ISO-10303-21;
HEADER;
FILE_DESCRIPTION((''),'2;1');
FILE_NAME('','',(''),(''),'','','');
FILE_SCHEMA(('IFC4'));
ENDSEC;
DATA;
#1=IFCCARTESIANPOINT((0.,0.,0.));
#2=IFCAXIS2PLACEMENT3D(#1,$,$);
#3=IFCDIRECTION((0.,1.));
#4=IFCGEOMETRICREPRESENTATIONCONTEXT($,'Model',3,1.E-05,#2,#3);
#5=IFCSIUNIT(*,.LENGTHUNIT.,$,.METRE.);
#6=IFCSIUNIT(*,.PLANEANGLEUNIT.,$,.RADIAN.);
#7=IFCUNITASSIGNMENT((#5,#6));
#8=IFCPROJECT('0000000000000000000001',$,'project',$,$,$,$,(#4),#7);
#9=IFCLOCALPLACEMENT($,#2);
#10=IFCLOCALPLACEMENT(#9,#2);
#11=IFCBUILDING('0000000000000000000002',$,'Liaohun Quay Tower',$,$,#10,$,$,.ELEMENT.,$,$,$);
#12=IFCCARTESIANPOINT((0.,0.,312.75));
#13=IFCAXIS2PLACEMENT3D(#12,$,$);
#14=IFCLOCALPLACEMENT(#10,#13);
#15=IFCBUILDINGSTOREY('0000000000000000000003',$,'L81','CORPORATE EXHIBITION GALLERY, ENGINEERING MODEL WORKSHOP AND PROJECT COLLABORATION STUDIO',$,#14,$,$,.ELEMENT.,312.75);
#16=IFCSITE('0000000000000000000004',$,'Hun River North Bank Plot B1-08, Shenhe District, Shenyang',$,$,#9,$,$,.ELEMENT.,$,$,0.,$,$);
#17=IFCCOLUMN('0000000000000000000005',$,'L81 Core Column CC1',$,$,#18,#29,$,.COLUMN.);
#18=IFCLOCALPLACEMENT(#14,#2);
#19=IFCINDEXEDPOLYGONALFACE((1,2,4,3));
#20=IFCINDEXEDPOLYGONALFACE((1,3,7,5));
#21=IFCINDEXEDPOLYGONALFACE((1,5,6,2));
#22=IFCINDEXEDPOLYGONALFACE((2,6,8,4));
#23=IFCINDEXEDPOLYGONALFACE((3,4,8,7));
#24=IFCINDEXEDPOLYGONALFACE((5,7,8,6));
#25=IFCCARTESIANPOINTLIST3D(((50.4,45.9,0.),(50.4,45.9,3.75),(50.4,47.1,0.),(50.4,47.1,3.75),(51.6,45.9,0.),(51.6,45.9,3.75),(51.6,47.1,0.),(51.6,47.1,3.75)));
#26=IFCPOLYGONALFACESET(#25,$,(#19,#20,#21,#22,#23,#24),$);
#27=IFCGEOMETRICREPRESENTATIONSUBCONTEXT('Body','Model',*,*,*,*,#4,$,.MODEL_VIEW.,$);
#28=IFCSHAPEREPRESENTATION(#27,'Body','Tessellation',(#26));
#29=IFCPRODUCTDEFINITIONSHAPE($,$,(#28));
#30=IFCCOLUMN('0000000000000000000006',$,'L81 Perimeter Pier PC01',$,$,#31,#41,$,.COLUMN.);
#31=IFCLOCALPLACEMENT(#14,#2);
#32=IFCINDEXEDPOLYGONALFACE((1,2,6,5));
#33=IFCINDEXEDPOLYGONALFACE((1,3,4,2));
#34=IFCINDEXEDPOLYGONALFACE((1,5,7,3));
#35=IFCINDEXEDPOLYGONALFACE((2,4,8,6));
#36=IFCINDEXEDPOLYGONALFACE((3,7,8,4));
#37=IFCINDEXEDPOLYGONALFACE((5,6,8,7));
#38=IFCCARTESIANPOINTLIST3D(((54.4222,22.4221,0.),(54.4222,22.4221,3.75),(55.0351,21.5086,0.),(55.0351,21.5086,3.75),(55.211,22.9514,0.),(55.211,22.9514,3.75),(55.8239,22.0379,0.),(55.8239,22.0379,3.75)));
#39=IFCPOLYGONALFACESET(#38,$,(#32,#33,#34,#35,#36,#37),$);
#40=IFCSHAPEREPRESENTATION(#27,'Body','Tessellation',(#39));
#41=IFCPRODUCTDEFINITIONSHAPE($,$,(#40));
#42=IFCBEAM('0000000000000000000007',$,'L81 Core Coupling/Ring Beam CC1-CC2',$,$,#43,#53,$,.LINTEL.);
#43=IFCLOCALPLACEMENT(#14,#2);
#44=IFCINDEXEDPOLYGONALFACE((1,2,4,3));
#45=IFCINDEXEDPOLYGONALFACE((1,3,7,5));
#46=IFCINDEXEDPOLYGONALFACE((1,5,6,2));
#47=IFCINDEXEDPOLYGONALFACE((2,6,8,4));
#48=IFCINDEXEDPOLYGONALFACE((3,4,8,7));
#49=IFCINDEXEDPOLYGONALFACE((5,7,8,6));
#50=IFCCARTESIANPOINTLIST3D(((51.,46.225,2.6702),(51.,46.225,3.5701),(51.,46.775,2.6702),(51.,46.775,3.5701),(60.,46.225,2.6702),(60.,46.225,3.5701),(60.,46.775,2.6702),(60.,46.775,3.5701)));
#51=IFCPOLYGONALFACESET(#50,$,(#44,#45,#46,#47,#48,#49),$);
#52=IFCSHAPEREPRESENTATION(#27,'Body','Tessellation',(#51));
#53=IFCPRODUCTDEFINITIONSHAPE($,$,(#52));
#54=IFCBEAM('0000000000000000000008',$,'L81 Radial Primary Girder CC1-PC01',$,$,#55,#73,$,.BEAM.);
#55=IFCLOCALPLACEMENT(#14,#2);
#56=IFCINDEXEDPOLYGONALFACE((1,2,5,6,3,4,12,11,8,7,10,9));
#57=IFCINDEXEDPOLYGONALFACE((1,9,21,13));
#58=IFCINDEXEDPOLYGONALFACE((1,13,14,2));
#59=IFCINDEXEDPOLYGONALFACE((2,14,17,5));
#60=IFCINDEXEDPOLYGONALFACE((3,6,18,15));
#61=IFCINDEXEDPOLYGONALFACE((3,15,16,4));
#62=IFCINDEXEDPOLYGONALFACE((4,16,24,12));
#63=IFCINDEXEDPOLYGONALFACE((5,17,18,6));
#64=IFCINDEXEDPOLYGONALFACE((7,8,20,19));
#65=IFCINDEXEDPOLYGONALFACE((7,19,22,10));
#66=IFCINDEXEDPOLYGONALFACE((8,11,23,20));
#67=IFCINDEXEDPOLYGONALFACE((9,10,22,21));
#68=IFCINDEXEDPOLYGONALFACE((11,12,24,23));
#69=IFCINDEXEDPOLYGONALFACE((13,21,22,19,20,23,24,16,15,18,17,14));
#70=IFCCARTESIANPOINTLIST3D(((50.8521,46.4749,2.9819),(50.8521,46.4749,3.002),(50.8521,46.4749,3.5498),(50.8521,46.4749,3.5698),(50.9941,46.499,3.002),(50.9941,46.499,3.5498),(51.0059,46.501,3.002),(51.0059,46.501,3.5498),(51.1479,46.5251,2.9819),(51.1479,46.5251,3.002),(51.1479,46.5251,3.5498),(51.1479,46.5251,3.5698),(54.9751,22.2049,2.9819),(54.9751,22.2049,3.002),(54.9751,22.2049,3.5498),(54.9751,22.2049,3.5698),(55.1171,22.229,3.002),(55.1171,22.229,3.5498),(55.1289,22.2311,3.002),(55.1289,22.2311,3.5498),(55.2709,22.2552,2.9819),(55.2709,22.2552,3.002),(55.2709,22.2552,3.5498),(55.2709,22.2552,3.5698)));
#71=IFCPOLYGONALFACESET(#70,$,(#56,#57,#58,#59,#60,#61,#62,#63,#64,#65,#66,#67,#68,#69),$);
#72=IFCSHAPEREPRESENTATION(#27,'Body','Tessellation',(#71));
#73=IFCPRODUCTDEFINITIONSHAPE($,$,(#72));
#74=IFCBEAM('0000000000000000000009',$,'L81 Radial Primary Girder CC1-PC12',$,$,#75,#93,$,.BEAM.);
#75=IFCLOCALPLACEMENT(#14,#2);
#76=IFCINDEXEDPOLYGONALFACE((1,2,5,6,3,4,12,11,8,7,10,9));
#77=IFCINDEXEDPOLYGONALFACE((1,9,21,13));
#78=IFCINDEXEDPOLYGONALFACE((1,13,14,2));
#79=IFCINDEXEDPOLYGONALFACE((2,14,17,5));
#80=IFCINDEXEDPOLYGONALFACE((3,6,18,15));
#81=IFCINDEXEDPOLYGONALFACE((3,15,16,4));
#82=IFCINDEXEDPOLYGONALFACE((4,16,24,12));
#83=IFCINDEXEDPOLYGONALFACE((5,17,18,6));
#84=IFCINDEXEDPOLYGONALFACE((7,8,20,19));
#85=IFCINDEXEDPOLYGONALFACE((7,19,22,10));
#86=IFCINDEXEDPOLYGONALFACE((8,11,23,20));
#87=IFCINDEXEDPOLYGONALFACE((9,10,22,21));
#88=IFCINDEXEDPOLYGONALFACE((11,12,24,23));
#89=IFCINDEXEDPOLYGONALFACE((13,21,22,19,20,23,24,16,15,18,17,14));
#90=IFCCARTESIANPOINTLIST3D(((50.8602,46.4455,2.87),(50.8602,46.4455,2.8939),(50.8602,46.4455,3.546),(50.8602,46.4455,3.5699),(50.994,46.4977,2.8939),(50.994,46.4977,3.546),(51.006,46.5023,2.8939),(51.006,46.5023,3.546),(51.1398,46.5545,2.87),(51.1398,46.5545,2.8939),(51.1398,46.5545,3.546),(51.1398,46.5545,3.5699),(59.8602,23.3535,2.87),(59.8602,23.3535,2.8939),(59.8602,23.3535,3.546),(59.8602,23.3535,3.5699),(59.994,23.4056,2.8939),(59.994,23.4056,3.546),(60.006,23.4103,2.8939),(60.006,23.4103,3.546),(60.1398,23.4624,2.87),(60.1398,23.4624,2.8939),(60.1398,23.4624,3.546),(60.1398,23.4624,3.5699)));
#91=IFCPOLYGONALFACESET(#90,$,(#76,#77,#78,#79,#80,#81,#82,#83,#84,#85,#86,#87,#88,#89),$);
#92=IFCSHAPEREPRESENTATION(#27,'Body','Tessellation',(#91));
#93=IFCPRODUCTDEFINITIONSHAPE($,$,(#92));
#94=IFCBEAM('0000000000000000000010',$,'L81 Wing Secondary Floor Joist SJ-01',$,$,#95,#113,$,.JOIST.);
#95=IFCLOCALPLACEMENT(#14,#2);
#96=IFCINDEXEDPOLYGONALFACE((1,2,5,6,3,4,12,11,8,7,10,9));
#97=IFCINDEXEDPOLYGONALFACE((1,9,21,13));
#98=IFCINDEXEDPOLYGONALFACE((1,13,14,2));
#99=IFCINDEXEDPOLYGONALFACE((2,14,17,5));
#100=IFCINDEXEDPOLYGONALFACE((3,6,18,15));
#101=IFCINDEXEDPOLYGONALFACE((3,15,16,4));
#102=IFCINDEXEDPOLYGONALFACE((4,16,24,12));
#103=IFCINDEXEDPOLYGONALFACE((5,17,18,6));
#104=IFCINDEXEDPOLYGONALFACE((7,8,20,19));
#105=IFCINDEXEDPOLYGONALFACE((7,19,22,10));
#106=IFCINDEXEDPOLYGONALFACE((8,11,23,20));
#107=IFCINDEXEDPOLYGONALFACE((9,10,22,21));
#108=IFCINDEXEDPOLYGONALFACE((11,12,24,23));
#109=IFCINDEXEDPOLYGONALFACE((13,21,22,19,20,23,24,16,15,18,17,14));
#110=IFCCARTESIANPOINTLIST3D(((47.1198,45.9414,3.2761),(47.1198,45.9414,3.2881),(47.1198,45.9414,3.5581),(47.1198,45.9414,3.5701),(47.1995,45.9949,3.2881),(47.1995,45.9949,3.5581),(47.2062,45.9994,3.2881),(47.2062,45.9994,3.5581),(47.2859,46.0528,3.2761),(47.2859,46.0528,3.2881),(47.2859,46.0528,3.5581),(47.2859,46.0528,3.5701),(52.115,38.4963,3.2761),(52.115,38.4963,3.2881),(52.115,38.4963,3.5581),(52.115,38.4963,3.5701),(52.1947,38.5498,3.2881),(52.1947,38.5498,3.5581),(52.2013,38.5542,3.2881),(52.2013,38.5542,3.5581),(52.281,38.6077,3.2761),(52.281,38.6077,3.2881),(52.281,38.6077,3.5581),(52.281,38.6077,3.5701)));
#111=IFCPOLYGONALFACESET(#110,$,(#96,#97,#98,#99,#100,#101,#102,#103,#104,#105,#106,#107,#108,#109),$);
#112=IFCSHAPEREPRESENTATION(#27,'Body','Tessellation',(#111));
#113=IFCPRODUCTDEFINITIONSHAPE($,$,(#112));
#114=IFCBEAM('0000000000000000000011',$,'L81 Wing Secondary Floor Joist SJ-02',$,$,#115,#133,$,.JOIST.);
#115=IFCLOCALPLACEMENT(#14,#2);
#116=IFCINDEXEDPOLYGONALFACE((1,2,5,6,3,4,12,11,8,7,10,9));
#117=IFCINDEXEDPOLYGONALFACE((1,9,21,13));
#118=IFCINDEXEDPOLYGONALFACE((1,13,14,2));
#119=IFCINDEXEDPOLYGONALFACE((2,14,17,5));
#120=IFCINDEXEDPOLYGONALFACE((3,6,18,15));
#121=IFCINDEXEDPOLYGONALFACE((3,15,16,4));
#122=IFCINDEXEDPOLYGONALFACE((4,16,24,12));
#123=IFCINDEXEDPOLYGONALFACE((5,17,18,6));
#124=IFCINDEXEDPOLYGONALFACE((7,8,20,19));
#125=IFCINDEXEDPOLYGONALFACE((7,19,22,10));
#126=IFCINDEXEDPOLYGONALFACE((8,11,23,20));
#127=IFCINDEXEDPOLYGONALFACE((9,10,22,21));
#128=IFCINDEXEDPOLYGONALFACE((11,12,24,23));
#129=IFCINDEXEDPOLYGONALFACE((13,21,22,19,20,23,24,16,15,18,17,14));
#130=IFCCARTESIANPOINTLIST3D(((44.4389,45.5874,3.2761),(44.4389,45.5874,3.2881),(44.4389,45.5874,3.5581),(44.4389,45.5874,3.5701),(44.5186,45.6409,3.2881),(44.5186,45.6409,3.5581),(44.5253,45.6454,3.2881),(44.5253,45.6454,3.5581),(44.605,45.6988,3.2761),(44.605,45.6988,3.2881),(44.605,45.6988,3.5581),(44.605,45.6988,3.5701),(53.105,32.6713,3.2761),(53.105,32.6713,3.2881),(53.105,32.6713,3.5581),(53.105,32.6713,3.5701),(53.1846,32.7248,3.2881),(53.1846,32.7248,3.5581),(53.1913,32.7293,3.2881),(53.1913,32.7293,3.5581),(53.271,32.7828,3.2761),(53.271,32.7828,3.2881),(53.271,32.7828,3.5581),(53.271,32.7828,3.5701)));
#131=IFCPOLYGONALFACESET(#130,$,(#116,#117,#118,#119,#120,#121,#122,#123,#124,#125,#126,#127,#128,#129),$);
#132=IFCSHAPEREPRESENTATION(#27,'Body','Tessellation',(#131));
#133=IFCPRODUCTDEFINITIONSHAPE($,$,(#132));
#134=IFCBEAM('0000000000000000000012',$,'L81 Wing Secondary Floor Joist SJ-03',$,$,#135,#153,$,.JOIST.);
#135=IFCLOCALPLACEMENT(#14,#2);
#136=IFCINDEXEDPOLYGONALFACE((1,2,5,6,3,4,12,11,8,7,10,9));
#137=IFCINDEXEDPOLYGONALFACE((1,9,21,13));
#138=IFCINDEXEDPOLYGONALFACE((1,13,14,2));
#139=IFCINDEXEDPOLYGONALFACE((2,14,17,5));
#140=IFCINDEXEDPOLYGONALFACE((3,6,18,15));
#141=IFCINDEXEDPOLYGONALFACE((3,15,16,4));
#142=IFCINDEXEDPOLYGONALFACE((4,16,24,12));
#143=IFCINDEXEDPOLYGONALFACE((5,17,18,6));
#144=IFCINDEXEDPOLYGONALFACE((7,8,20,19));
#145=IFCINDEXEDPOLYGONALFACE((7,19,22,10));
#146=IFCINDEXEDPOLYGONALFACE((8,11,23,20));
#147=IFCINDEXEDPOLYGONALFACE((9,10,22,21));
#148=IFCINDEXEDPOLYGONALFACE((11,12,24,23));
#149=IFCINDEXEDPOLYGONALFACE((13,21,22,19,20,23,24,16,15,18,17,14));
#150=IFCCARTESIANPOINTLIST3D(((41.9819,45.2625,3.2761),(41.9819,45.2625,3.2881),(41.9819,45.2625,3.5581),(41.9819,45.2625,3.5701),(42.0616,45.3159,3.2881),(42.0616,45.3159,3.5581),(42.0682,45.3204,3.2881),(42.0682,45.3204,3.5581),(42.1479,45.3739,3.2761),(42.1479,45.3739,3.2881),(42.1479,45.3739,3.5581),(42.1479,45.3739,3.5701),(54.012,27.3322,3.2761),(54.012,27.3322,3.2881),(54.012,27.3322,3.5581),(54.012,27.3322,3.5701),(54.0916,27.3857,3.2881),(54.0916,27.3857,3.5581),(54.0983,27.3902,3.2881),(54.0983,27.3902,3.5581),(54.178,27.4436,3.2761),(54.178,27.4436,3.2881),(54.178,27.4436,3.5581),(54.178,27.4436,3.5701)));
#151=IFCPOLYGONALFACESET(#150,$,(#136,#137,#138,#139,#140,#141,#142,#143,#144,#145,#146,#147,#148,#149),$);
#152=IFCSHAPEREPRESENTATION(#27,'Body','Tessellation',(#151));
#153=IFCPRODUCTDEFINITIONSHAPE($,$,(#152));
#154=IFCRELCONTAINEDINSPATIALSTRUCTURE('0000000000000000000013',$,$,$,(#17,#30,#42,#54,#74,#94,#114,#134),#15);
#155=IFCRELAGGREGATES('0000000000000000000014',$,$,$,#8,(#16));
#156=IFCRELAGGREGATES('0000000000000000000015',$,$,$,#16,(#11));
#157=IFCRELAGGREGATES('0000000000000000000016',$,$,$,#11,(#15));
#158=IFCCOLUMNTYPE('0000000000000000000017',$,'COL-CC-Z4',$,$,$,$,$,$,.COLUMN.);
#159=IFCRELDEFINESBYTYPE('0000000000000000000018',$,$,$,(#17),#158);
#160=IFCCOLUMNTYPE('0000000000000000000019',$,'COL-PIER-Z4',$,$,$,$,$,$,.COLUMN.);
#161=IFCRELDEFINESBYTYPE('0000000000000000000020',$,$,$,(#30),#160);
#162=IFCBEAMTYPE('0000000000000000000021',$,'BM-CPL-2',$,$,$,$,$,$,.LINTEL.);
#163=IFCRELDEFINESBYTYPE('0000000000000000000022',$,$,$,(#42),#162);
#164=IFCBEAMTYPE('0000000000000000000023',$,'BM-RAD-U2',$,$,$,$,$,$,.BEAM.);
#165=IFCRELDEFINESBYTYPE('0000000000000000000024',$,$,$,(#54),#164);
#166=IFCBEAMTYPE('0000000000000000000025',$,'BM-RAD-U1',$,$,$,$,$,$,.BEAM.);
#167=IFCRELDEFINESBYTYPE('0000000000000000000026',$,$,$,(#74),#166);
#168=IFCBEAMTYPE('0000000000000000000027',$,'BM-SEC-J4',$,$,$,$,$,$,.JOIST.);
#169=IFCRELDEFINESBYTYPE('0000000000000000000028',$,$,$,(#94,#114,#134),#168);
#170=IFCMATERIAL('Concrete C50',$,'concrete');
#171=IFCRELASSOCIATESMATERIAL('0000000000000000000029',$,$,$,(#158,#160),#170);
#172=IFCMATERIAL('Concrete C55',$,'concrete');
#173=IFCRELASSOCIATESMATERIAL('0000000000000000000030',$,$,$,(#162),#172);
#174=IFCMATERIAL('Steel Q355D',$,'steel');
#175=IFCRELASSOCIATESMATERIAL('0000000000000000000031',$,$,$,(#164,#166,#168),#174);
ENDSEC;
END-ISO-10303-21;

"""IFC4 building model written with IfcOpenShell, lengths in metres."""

from ifc_helpers import new_model, si_unit, direction, frame, origin, origin_2d, place, context, subcontext, project, spatial, rectangle, i_section, extrude, source, transform, mapped, material, material_profile, profile_set, type_object, element, save


model = new_model("IFC4")

# Units and contexts
model_context = context("Model", 3, precision=1e-05, world=origin(), true_north=direction((0.0, 1.0)))
body_context = subcontext(model_context, "Body", "Model", "MODEL_VIEW")
ifc_project = project(units=[si_unit("LENGTHUNIT", "METRE"), si_unit("PLANEANGLEUNIT", "RADIAN")], contexts=[model_context])

# Site, building, storey
site_placement = place(None, origin())
site = spatial("IfcSite", under=ifc_project, at=site_placement, Name="Hun River North Bank Plot B1-08, Shenhe District, Shenyang", CompositionType="ELEMENT", RefElevation=0.0)
building_placement = place(site_placement, origin())
building = spatial("IfcBuilding", under=site, at=building_placement, Name="Liaohun Quay Tower", CompositionType="ELEMENT")
storey_placement = place(building_placement, frame((0.0, 0.0, 312.75)))
storey = spatial("IfcBuildingStorey", under=building, at=storey_placement, Name="L81", Description="CORPORATE EXHIBITION GALLERY, ENGINEERING MODEL WORKSHOP AND PROJECT COLLABORATION STUDIO", CompositionType="ELEMENT", Elevation=312.75)

# Columns
ifc_material_1 = material(Name="Concrete C50", Category="concrete")
ifc_material_profile_1 = material_profile(ifc_material_1, rectangle(XDim=1.2, YDim=1.2, at=origin_2d()), Name="RC1200x1200")
ifc_profile_set_1 = profile_set([ifc_material_profile_1], Name="Concrete C50")
column_type_1 = type_object("IfcColumnType", Name="COL-CC-Z4", PredefinedType="COLUMN", material=ifc_profile_set_1)
shared_shape_1 = source(origin(), body_context, "Body", "SweptSolid", [
    extrude(rectangle(XDim=1.2, YDim=1.2, at=origin_2d()), origin(), (0.0, 0.0, 1.0), 3.75),
])
column_1_placement = place(storey_placement, frame((51.0, 46.5, 0.0), z_axis=(0.0, 0.0, 1.0), x_axis=(1.0, 0.0, 0.0)))
element("IfcColumn", 1, at=column_1_placement, inside=storey, type_object=column_type_1, Name="L81 Core Column CC1", PredefinedType="COLUMN", context=body_context, shape_type="MappedRepresentation", body=[
    mapped(shared_shape_1, transform((0.0, 0.0, 0.0), x_axis=(1.0, 0.0, 0.0), y_axis=(0.0, 1.0, 0.0), z_axis=(0.0, 0.0, 1.0), scale=1.0)),
])
ifc_material_profile_2 = material_profile(ifc_material_1, rectangle(XDim=1.1001, YDim=0.95, at=origin_2d()), Name="RC1100x950")
ifc_profile_set_2 = profile_set([ifc_material_profile_2], Name="Concrete C50")
column_type_2 = type_object("IfcColumnType", Name="COL-PIER-Z4", PredefinedType="COLUMN", material=ifc_profile_set_2)
shared_shape_2 = source(origin(), body_context, "Body", "SweptSolid", [
    extrude(rectangle(XDim=1.1001, YDim=0.95, at=origin_2d()), origin(), (0.0, 0.0, 1.0), 3.75),
])
column_2_placement = place(storey_placement, frame((55.123, 22.23, 0.0), z_axis=(0.0, 0.0, 1.0), x_axis=(-0.557166, 0.830401, 0.0)))
element("IfcColumn", 2, at=column_2_placement, inside=storey, type_object=column_type_2, Name="L81 Perimeter Pier PC01", PredefinedType="COLUMN", context=body_context, shape_type="MappedRepresentation", body=[
    mapped(shared_shape_2, transform((0.0, 0.0, 0.0), x_axis=(1.0, 0.0, 0.0), y_axis=(0.0, 1.0, 0.0), z_axis=(0.0, 0.0, 1.0), scale=1.0)),
])

# Beams
ifc_material_2 = material(Name="Concrete C55", Category="concrete")
ifc_material_profile_3 = material_profile(ifc_material_2, rectangle(XDim=0.55, YDim=0.8999, at=origin_2d()), Name="RC550x900")
ifc_profile_set_3 = profile_set([ifc_material_profile_3], Name="Concrete C55")
beam_type_1 = type_object("IfcBeamType", Name="BM-CPL-2", PredefinedType="LINTEL", material=ifc_profile_set_3)
shared_shape_3 = source(origin(), body_context, "Body", "SweptSolid", [
    extrude(rectangle(XDim=0.55, YDim=0.8999, at=origin_2d()), origin(), (0.0, 0.0, 1.0), 9.0),
])
beam_1_placement = place(storey_placement, frame((51.0, 46.5, 3.1201), z_axis=(1.0, 0.0, 0.0), x_axis=(0.0, 1.0, 0.0)))
element("IfcBeam", 3, at=beam_1_placement, inside=storey, type_object=beam_type_1, Name="L81 Core Coupling/Ring Beam CC1-CC2", PredefinedType="LINTEL", context=body_context, shape_type="MappedRepresentation", body=[
    mapped(shared_shape_3, transform((0.0, 0.0, 0.0), x_axis=(1.0, 0.0, 0.0), y_axis=(0.0, 1.0, 0.0), z_axis=(0.0, 0.0, 1.0), scale=1.0)),
])
ifc_material_3 = material(Name="Steel Q355D", Category="steel")
ifc_material_profile_4 = material_profile(ifc_material_3, i_section(OverallWidth=0.3, OverallDepth=0.5879, WebThickness=0.012, FlangeThickness=0.02, at=origin_2d()), Name="HM588x300x12x20")
ifc_profile_set_4 = profile_set([ifc_material_profile_4], Name="Steel Q355D")
beam_type_2 = type_object("IfcBeamType", Name="BM-RAD-U2", PredefinedType="BEAM", material=ifc_profile_set_4)
shared_shape_4 = source(origin(), body_context, "Body", "SweptSolid", [
    extrude(i_section(OverallWidth=0.3, OverallDepth=0.5879, WebThickness=0.012, FlangeThickness=0.02, at=origin_2d()), origin(), (0.0, 0.0, 1.0), 24.6177),
])
beam_2_placement = place(storey_placement, frame((51.0, 46.5, 3.2759), z_axis=(0.167483, -0.985875, 0.0), x_axis=(0.985875, 0.167483, 0.0)))
element("IfcBeam", 4, at=beam_2_placement, inside=storey, type_object=beam_type_2, Name="L81 Radial Primary Girder CC1-PC01", PredefinedType="BEAM", context=body_context, shape_type="MappedRepresentation", body=[
    mapped(shared_shape_4, transform((0.0, 0.0, 0.0), x_axis=(1.0, 0.0, 0.0), y_axis=(0.0, 1.0, 0.0), z_axis=(0.0, 0.0, 1.0), scale=1.0)),
])
ifc_material_profile_5 = material_profile(ifc_material_3, i_section(OverallWidth=0.3, OverallDepth=0.7, WebThickness=0.0129, FlangeThickness=0.0239, at=origin_2d()), Name="HN700x300x13x24")
ifc_profile_set_5 = profile_set([ifc_material_profile_5], Name="Steel Q355D")
beam_type_3 = type_object("IfcBeamType", Name="BM-RAD-U1", PredefinedType="BEAM", material=ifc_profile_set_5)
shared_shape_5 = source(origin(), body_context, "Body", "SweptSolid", [
    extrude(i_section(OverallWidth=0.3, OverallDepth=0.7, WebThickness=0.0129, FlangeThickness=0.0239, at=origin_2d()), origin(), (0.0, 0.0, 1.0), 24.7839),
])
beam_3_placement = place(storey_placement, frame((51.0, 46.5, 3.22), z_axis=(0.363139, -0.931735, 0.0), x_axis=(0.931735, 0.363139, 0.0)))
element("IfcBeam", 5, at=beam_3_placement, inside=storey, type_object=beam_type_3, Name="L81 Radial Primary Girder CC1-PC12", PredefinedType="BEAM", context=body_context, shape_type="MappedRepresentation", body=[
    mapped(shared_shape_5, transform((0.0, 0.0, 0.0), x_axis=(1.0, 0.0, 0.0), y_axis=(0.0, 1.0, 0.0), z_axis=(0.0, 0.0, 1.0), scale=1.0)),
])
ifc_material_profile_6 = material_profile(ifc_material_3, i_section(OverallWidth=0.2, OverallDepth=0.2939, WebThickness=0.0081, FlangeThickness=0.012, at=origin_2d()), Name="HM294x200x8x12")
ifc_profile_set_6 = profile_set([ifc_material_profile_6], Name="Steel Q355D")
beam_type_4 = type_object("IfcBeamType", Name="BM-SEC-J4", PredefinedType="JOIST", material=ifc_profile_set_6)
shared_shape_6 = source(origin(), body_context, "Body", "SweptSolid", [
    extrude(i_section(OverallWidth=0.2, OverallDepth=0.2939, WebThickness=0.0081, FlangeThickness=0.012, at=origin_2d()), origin(), (0.0, 0.0, 1.0), 8.9656),
])
beam_4_placement = place(storey_placement, frame((52.198, 38.552, 3.4231), z_axis=(-0.557149, 0.830413, 0.0), x_axis=(-0.830413, -0.557149, 0.0)))
element("IfcBeam", 6, at=beam_4_placement, inside=storey, type_object=beam_type_4, Name="L81 Wing Secondary Floor Joist SJ-01", PredefinedType="JOIST", context=body_context, shape_type="MappedRepresentation", body=[
    mapped(shared_shape_6, transform((0.0, 0.0, 0.0), x_axis=(1.0, 0.0, 0.0), y_axis=(0.0, 1.0, 0.0), z_axis=(0.0, 0.0, 1.0), scale=1.0)),
])
shared_shape_7 = source(origin(), body_context, "Body", "SweptSolid", [
    extrude(i_section(OverallWidth=0.2, OverallDepth=0.2939, WebThickness=0.0081, FlangeThickness=0.012, at=origin_2d()), origin(), (0.0, 0.0, 1.0), 15.554),
])
beam_5_placement = place(storey_placement, frame((53.188, 32.7271, 3.4231), z_axis=(-0.557161, 0.830405, 0.0), x_axis=(-0.830405, -0.557161, 0.0)))
element("IfcBeam", 7, at=beam_5_placement, inside=storey, type_object=beam_type_4, Name="L81 Wing Secondary Floor Joist SJ-02", PredefinedType="JOIST", context=body_context, shape_type="MappedRepresentation", body=[
    mapped(shared_shape_7, transform((0.0, 0.0, 0.0), x_axis=(1.0, 0.0, 0.0), y_axis=(0.0, 1.0, 0.0), z_axis=(0.0, 0.0, 1.0), scale=1.0)),
])
shared_shape_8 = source(origin(), body_context, "Body", "SweptSolid", [
    extrude(i_section(OverallWidth=0.2, OverallDepth=0.2939, WebThickness=0.0081, FlangeThickness=0.012, at=origin_2d()), origin(), (0.0, 0.0, 1.0), 21.592),
])
beam_6_placement = place(storey_placement, frame((54.095, 27.3879, 3.4231), z_axis=(-0.557153, 0.83041, 0.0), x_axis=(-0.83041, -0.557153, 0.0)))
element("IfcBeam", 8, at=beam_6_placement, inside=storey, type_object=beam_type_4, Name="L81 Wing Secondary Floor Joist SJ-03", PredefinedType="JOIST", context=body_context, shape_type="MappedRepresentation", body=[
    mapped(shared_shape_8, transform((0.0, 0.0, 0.0), x_axis=(1.0, 0.0, 0.0), y_axis=(0.0, 1.0, 0.0), z_axis=(0.0, 0.0, 1.0), scale=1.0)),
])

save(model, "model.ifc")
